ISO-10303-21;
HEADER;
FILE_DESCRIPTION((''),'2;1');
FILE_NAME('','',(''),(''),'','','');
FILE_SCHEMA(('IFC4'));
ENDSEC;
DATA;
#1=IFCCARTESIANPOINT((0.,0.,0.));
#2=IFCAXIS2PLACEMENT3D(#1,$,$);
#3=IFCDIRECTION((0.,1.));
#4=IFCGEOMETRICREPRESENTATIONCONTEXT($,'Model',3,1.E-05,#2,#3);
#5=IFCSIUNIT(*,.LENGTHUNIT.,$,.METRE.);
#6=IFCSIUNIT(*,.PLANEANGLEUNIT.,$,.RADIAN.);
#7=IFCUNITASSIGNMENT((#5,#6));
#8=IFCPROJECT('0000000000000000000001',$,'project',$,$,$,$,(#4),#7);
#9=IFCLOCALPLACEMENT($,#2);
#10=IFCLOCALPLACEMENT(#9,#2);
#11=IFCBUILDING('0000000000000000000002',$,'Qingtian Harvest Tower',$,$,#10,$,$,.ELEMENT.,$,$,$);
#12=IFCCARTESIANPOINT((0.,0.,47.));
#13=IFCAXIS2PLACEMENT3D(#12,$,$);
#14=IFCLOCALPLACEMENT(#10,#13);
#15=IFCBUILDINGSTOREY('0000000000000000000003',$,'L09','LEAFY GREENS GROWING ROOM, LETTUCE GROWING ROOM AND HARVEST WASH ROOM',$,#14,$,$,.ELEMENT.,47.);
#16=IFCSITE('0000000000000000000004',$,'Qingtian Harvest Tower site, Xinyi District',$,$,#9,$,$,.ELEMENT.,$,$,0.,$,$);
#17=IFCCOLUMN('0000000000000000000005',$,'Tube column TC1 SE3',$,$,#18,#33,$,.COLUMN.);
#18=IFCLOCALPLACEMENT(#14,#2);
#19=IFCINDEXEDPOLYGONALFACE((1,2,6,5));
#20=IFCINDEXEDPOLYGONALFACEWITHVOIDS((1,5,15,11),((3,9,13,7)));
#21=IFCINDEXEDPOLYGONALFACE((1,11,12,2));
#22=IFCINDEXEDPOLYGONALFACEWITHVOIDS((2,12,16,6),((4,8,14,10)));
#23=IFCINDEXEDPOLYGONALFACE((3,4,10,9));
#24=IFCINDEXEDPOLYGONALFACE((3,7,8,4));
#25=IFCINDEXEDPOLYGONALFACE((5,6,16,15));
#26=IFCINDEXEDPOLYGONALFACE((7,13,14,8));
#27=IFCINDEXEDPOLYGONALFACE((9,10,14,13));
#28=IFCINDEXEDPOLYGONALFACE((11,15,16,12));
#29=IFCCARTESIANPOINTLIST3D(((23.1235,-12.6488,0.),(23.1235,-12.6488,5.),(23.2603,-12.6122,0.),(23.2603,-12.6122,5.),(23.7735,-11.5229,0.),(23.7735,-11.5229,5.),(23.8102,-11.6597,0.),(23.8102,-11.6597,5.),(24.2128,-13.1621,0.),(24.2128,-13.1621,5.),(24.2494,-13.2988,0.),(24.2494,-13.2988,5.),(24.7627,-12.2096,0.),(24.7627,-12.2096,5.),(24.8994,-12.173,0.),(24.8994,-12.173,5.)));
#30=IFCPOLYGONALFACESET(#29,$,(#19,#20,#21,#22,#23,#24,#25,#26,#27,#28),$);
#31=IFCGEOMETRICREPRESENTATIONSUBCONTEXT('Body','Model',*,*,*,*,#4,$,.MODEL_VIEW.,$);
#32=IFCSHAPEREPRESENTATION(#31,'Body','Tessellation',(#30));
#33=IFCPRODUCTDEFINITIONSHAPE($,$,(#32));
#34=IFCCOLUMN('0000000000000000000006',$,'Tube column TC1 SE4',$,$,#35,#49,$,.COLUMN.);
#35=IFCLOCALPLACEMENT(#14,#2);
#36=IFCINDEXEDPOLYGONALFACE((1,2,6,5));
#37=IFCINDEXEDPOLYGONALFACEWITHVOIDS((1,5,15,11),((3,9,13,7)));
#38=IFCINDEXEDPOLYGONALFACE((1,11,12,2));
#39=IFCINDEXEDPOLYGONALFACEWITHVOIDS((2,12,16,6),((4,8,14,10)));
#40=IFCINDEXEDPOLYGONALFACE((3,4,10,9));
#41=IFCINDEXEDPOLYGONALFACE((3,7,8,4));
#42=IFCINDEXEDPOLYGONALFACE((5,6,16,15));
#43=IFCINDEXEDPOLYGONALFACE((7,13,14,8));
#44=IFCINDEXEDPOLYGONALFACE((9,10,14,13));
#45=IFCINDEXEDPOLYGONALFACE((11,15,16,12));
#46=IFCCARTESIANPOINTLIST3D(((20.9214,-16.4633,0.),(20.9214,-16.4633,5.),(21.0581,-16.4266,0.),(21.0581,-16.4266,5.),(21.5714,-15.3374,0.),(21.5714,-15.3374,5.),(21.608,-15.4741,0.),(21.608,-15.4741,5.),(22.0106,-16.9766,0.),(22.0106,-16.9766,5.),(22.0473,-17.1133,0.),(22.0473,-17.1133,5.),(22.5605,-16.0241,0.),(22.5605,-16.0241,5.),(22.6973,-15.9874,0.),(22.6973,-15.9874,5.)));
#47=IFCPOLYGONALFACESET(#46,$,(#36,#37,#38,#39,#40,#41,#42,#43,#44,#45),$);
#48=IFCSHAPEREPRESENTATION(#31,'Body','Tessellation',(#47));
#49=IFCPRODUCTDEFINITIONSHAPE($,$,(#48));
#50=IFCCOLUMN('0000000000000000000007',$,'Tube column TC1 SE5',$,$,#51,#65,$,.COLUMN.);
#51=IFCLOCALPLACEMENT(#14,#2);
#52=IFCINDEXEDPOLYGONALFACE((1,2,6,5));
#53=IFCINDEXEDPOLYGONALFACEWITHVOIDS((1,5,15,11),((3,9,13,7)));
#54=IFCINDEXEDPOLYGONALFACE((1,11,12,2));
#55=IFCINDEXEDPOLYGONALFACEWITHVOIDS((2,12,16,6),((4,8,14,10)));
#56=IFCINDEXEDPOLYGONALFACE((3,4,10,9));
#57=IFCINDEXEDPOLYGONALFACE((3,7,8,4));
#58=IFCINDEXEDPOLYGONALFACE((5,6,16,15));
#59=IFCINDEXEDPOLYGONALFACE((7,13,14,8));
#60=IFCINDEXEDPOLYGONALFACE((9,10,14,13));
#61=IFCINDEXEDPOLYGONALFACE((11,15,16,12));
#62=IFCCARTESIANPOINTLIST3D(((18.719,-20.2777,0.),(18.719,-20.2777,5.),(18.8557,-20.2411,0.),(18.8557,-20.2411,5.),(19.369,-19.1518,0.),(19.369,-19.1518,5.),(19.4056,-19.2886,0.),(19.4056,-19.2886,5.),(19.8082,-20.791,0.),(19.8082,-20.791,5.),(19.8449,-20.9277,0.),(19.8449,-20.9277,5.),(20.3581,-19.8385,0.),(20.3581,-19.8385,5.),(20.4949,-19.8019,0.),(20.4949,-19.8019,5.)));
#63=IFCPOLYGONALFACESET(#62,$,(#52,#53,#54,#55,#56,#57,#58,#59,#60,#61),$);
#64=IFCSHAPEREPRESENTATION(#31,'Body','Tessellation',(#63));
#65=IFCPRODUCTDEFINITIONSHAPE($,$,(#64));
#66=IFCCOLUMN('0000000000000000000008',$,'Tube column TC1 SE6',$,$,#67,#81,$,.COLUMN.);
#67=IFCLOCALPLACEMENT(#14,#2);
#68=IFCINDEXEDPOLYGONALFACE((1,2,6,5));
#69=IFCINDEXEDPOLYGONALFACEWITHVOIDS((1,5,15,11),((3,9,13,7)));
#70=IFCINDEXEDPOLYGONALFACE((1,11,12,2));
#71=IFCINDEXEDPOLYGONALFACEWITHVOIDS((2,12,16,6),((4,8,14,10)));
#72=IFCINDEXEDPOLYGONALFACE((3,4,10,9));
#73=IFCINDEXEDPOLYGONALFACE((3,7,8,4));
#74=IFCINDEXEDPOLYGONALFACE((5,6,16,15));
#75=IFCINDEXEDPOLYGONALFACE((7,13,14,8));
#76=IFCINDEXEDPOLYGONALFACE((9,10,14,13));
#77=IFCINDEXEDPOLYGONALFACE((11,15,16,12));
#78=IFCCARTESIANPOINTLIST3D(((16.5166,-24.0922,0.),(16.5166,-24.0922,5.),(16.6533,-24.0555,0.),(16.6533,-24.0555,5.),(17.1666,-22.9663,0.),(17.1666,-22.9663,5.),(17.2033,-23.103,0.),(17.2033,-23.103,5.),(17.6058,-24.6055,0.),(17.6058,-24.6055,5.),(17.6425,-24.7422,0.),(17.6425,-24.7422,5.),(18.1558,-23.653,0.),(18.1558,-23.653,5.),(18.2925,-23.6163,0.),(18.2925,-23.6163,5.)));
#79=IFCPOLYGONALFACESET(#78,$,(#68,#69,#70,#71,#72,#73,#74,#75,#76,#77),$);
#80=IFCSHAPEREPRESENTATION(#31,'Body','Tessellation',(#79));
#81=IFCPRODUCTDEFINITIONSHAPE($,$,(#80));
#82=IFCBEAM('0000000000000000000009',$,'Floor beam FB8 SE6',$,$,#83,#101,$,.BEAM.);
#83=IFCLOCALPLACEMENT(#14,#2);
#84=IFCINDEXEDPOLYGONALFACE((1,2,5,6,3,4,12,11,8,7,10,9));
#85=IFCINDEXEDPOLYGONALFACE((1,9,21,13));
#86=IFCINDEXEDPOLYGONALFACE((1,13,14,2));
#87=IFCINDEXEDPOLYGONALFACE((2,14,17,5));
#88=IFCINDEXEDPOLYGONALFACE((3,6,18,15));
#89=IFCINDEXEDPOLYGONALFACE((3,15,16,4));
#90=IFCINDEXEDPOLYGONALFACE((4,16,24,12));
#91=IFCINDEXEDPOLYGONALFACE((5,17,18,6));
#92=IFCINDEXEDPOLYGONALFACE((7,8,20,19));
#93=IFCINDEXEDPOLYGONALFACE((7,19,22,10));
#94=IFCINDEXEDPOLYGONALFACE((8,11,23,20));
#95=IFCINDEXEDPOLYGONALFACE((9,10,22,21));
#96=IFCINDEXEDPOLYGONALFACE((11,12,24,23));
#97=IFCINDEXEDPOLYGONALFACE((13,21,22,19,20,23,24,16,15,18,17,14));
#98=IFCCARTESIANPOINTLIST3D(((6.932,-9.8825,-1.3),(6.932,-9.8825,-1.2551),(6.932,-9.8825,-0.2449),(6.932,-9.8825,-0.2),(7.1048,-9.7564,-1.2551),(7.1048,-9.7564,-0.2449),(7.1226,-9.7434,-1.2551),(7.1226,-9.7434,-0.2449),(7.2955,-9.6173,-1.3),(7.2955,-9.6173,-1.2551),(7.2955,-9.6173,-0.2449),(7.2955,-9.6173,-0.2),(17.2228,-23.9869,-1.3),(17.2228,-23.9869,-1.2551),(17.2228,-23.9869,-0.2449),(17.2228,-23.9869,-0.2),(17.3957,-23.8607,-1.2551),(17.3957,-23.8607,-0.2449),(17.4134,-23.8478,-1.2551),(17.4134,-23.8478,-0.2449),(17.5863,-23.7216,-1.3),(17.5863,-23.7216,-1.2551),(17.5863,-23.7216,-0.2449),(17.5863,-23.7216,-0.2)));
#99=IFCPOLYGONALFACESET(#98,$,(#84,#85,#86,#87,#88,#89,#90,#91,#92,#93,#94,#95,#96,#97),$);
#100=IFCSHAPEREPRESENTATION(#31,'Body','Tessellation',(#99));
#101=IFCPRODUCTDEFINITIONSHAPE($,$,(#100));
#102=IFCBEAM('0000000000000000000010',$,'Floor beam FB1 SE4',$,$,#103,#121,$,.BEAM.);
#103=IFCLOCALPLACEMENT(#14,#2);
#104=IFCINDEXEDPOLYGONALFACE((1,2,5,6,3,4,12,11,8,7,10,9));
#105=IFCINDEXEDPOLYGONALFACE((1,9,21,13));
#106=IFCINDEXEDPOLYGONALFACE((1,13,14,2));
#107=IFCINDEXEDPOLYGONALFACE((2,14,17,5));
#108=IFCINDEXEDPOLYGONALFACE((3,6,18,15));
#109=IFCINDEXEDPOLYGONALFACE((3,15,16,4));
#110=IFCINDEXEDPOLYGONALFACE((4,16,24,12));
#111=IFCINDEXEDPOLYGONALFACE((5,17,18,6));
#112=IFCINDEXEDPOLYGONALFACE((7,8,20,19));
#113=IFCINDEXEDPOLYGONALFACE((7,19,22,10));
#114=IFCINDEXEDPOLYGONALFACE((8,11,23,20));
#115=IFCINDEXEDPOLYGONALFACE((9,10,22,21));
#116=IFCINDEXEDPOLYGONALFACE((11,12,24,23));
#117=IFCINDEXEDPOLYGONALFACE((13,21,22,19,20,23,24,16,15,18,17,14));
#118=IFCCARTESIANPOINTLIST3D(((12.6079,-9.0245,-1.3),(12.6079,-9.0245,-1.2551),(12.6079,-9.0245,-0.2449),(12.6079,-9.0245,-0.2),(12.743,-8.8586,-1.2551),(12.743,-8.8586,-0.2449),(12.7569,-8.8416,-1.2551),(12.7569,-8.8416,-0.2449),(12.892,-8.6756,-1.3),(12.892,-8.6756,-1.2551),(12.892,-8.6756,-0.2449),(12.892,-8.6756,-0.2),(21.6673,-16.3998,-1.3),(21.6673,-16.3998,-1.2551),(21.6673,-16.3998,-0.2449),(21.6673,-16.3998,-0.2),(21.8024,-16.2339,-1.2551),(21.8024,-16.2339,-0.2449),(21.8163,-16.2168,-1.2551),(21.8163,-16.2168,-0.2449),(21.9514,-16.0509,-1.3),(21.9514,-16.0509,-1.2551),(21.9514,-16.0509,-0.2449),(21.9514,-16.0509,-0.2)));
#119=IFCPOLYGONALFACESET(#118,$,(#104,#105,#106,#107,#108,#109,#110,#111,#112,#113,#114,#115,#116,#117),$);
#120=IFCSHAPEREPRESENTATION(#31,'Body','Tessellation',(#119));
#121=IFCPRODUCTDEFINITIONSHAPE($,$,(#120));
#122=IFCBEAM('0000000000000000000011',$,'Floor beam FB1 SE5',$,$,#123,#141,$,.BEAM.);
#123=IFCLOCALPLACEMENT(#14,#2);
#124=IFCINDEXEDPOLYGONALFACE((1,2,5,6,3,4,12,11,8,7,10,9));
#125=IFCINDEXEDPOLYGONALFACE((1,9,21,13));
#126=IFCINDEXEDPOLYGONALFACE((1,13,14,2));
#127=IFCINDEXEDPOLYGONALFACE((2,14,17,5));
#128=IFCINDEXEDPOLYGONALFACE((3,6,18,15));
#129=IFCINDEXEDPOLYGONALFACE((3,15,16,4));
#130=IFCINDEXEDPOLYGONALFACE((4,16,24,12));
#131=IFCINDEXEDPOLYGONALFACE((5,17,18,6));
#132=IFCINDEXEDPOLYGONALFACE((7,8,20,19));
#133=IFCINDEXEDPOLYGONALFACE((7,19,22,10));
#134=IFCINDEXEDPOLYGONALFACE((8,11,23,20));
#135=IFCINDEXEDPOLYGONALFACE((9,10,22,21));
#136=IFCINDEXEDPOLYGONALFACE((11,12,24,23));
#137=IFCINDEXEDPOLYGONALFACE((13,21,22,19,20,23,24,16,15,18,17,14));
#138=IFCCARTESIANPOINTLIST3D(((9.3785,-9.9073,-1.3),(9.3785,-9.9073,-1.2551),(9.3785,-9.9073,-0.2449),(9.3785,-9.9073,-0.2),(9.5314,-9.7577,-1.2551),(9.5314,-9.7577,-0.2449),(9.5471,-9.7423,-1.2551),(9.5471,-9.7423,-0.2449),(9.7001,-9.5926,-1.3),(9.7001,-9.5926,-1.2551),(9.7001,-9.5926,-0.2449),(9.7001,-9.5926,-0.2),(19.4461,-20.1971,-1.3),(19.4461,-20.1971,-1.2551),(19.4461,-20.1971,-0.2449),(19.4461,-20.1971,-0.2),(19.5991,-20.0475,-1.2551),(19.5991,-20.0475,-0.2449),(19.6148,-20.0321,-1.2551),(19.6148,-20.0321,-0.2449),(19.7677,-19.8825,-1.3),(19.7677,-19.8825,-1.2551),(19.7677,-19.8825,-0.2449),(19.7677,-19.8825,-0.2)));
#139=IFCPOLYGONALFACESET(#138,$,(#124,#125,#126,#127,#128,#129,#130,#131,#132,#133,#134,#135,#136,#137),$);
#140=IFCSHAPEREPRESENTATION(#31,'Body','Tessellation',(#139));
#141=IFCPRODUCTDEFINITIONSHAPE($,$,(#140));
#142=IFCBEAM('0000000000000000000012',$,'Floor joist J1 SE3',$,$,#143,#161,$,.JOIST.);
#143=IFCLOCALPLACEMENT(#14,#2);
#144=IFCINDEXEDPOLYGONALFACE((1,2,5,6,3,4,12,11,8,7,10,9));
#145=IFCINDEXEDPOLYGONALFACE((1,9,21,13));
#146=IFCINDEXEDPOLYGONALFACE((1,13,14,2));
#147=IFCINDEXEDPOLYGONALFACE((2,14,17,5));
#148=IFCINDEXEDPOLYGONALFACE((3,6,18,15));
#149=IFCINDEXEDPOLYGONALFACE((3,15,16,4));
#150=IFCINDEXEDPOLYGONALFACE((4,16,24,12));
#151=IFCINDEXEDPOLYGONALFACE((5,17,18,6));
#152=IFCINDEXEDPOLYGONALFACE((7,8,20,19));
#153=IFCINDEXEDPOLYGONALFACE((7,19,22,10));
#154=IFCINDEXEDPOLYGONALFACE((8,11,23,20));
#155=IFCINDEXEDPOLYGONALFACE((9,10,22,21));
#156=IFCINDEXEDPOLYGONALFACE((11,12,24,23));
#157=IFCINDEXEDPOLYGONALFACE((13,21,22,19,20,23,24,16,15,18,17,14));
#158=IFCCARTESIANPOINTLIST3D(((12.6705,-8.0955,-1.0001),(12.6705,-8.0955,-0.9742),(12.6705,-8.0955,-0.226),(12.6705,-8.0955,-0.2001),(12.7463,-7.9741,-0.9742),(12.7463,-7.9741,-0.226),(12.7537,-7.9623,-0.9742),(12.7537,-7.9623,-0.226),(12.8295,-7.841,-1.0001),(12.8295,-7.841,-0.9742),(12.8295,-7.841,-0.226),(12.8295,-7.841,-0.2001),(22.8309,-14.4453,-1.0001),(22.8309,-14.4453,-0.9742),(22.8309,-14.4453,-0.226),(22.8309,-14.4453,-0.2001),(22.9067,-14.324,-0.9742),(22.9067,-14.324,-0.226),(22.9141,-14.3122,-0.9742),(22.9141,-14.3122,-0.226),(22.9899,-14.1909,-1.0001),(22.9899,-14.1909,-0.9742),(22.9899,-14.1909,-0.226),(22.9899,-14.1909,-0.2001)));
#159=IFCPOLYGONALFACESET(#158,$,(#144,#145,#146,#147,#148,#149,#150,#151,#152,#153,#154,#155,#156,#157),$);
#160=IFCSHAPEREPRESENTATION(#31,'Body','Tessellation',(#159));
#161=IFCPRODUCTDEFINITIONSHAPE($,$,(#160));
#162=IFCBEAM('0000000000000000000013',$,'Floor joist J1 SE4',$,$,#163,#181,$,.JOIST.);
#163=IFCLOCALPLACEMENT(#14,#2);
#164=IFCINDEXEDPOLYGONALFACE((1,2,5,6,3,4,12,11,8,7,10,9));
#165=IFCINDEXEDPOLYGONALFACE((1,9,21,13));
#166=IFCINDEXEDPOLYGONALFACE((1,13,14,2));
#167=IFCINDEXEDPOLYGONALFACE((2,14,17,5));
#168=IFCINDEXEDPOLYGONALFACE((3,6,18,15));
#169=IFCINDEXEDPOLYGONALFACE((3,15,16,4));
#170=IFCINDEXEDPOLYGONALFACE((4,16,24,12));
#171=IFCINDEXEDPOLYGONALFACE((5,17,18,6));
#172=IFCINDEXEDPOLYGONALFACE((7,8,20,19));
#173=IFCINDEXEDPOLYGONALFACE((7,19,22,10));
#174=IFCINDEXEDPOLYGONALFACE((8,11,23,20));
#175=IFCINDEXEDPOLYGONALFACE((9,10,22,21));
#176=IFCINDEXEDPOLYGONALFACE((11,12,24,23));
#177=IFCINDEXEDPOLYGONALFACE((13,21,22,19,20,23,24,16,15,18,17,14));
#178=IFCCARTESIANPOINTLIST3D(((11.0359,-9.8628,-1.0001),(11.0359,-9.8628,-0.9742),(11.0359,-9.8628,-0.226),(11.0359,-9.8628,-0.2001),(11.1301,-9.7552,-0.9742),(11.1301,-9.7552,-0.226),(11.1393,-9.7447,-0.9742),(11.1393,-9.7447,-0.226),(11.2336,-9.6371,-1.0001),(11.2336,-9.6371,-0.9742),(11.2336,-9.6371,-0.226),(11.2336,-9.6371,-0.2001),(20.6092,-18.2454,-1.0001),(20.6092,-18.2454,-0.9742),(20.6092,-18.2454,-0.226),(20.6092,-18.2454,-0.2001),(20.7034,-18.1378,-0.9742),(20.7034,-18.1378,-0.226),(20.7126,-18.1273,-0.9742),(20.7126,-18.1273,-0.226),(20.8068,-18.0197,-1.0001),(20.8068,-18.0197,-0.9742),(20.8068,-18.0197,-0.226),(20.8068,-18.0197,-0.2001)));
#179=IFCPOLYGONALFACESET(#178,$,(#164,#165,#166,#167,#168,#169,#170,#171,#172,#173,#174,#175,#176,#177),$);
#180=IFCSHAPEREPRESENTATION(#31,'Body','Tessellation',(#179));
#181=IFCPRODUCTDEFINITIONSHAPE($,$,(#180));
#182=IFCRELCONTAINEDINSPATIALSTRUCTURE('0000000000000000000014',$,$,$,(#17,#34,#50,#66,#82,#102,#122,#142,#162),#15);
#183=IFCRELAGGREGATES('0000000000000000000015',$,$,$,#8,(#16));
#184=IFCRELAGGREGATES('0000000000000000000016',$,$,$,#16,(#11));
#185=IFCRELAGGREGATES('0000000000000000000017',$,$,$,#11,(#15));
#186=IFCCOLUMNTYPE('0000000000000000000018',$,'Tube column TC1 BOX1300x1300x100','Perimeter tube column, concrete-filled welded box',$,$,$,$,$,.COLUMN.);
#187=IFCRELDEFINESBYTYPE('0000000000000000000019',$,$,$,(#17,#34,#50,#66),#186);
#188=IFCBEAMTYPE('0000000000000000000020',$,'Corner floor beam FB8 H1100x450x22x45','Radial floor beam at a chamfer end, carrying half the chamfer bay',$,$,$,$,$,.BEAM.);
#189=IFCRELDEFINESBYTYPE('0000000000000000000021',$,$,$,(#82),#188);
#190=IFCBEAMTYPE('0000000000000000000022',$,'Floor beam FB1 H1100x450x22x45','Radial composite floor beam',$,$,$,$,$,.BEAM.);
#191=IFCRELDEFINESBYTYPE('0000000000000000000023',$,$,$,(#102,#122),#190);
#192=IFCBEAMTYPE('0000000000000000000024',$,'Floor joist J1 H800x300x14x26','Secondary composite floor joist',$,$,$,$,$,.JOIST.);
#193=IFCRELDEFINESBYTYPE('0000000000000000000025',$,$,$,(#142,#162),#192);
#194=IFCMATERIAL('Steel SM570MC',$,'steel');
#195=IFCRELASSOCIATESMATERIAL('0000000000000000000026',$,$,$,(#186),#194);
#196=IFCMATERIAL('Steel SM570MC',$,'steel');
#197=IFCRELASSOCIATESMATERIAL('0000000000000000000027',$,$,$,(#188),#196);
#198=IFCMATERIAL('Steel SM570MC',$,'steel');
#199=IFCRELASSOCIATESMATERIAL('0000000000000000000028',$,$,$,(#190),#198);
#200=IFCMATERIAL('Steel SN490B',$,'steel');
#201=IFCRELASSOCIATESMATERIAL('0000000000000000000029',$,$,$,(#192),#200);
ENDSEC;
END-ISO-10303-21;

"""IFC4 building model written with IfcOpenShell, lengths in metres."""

from ifc_helpers import new_model, si_unit, direction, frame, origin, origin_2d, place, context, subcontext, project, spatial, hollow_rectangle, i_section, extrude, material, material_profile, profile_set, type_object, element, save


model = new_model("IFC4")

# Units and contexts
model_context = context("Model", 3, precision=1e-05, world=origin(), true_north=direction((0.0, 1.0)))
body_context = subcontext(model_context, "Body", "Model", "MODEL_VIEW")
ifc_project = project(units=[si_unit("LENGTHUNIT", "METRE"), si_unit("PLANEANGLEUNIT", "RADIAN")], contexts=[model_context])

# Site, building, storey
site_placement = place(None, origin())
site = spatial("IfcSite", under=ifc_project, at=site_placement, Name="Qingtian Harvest Tower site, Xinyi District", CompositionType="ELEMENT", RefElevation=0.0)
building_placement = place(site_placement, origin())
building = spatial("IfcBuilding", under=site, at=building_placement, Name="Qingtian Harvest Tower", CompositionType="ELEMENT")
storey_placement = place(building_placement, frame((0.0, 0.0, 47.0)))
storey = spatial("IfcBuildingStorey", under=building, at=storey_placement, Name="L09", Description="LEAFY GREENS GROWING ROOM, LETTUCE GROWING ROOM AND HARVEST WASH ROOM", CompositionType="ELEMENT", Elevation=47.0)

# Columns
ifc_material_1 = material(Name="Steel SM570MC", Category="steel")
ifc_material_profile_1 = material_profile(ifc_material_1, hollow_rectangle(XDim=1.3, YDim=1.3, WallThickness=0.1001, at=origin_2d()), Name="BOX1300x1300x100")
ifc_profile_set_1 = profile_set([ifc_material_profile_1], Name="Steel SM570MC")
column_type = type_object("IfcColumnType", Name="Tube column TC1 BOX1300x1300x100", Description="Perimeter tube column, concrete-filled welded box", PredefinedType="COLUMN", material=ifc_profile_set_1)
for number, where, z_axis, x_axis, name in (
    (1, (24.0115, -12.4109, 0.0), (0.0, 0.0, 1.0), (0.5, 0.866025, 0.0), "Tube column TC1 SE3"),
    (2, (21.8093, -16.2253, 0.0), (0.0, 0.0, 1.0), (0.5, 0.866025, 0.0), "Tube column TC1 SE4"),
    (3, (19.6069, -20.0398, 0.0), (0.0, 0.0, 1.0), (0.5, 0.866025, 0.0), "Tube column TC1 SE5"),
    (4, (17.4045, -23.8542, 0.0), (0.0, 0.0, 1.0), (0.5, 0.866025, 0.0), "Tube column TC1 SE6"),
):
    element("IfcColumn", number, at=place(storey_placement, frame(where, z_axis=z_axis, x_axis=x_axis)), inside=storey, type_object=column_type, Name=name, PredefinedType="COLUMN", context=body_context, shape_type="SweptSolid", body=[
        extrude(hollow_rectangle(XDim=1.3, YDim=1.3, WallThickness=0.1001, at=origin_2d()), origin(), (0.0, 0.0, 1.0), 5.0),
    ])

# Beams
ifc_material_2 = material(Name="Steel SM570MC", Category="steel")
ifc_material_profile_2 = material_profile(ifc_material_2, i_section(OverallWidth=0.45, OverallDepth=1.1001, WebThickness=0.022, FlangeThickness=0.0449, at=origin_2d()), Name="H1100x450x22x45")
ifc_profile_set_2 = profile_set([ifc_material_profile_2], Name="Steel SM570MC")
beam_type_1 = type_object("IfcBeamType", Name="Corner floor beam FB8 H1100x450x22x45", Description="Radial floor beam at a chamfer end, carrying half the chamfer bay", PredefinedType="BEAM", material=ifc_profile_set_2)
beam_1_placement = place(storey_placement, frame((17.4045, -23.8542, -0.75), z_axis=(-0.589412, 0.807832, 0.0), x_axis=(-0.807832, -0.589412, 0.0)))
element("IfcBeam", 5, at=beam_1_placement, inside=storey, type_object=beam_type_1, Name="Floor beam FB8 SE6", PredefinedType="BEAM", context=body_context, shape_type="SweptSolid", body=[
    extrude(i_section(OverallWidth=0.45, OverallDepth=1.1001, WebThickness=0.022, FlangeThickness=0.0449, at=origin_2d()), origin(), (0.0, 0.0, 1.0), 17.4595),
])
ifc_material_3 = material(Name="Steel SM570MC", Category="steel")
ifc_material_profile_3 = material_profile(ifc_material_3, i_section(OverallWidth=0.45, OverallDepth=1.1001, WebThickness=0.022, FlangeThickness=0.0449, at=origin_2d()), Name="H1100x450x22x45")
ifc_profile_set_3 = profile_set([ifc_material_profile_3], Name="Steel SM570MC")
beam_type_2 = type_object("IfcBeamType", Name="Floor beam FB1 H1100x450x22x45", Description="Radial composite floor beam", PredefinedType="BEAM", material=ifc_profile_set_3)
beam_2_placement = place(storey_placement, frame((21.8093, -16.2253, -0.75), z_axis=(-0.775504, 0.631342, 0.0), x_axis=(-0.631342, -0.775504, 0.0)))
element("IfcBeam", 6, at=beam_2_placement, inside=storey, type_object=beam_type_2, Name="Floor beam FB1 SE4", PredefinedType="BEAM", context=body_context, shape_type="SweptSolid", body=[
    extrude(i_section(OverallWidth=0.45, OverallDepth=1.1001, WebThickness=0.022, FlangeThickness=0.0449, at=origin_2d()), origin(), (0.0, 0.0, 1.0), 11.6819),
])
beam_3_placement = place(storey_placement, frame((19.6069, -20.0398, -0.75), z_axis=(-0.699348, 0.714781, 0.0), x_axis=(-0.714781, -0.699348, 0.0)))
element("IfcBeam", 7, at=beam_3_placement, inside=storey, type_object=beam_type_2, Name="Floor beam FB1 SE5", PredefinedType="BEAM", context=body_context, shape_type="SweptSolid", body=[
    extrude(i_section(OverallWidth=0.45, OverallDepth=1.1001, WebThickness=0.022, FlangeThickness=0.0449, at=origin_2d()), origin(), (0.0, 0.0, 1.0), 14.3958),
])
ifc_material_4 = material(Name="Steel SN490B", Category="steel")
ifc_material_profile_4 = material_profile(ifc_material_4, i_section(OverallWidth=0.3, OverallDepth=0.8, WebThickness=0.0139, FlangeThickness=0.0259, at=origin_2d()), Name="H800x300x14x26")
ifc_profile_set_4 = profile_set([ifc_material_profile_4], Name="Steel SN490B")
beam_type_3 = type_object("IfcBeamType", Name="Floor joist J1 H800x300x14x26", Description="Secondary composite floor joist", PredefinedType="JOIST", material=ifc_profile_set_4)
beam_4_placement = place(storey_placement, frame((22.9104, -14.3181, -0.6001), z_axis=(-0.848013, 0.529975, 0.0), x_axis=(-0.529975, -0.848013, 0.0)))
element("IfcBeam", 8, at=beam_4_placement, inside=storey, type_object=beam_type_3, Name="Floor joist J1 SE3", PredefinedType="JOIST", context=body_context, shape_type="SweptSolid", body=[
    extrude(i_section(OverallWidth=0.3, OverallDepth=0.8, WebThickness=0.0139, FlangeThickness=0.0259, at=origin_2d()), origin(), (0.0, 0.0, 1.0), 11.9814),
])
beam_5_placement = place(storey_placement, frame((20.708, -18.1326, -0.6001), z_axis=(-0.752344, 0.658771, 0.0), x_axis=(-0.658771, -0.752344, 0.0)))
element("IfcBeam", 9, at=beam_5_placement, inside=storey, type_object=beam_type_3, Name="Floor joist J1 SE4", PredefinedType="JOIST", context=body_context, shape_type="SweptSolid", body=[
    extrude(i_section(OverallWidth=0.3, OverallDepth=0.8, WebThickness=0.0139, FlangeThickness=0.0259, at=origin_2d()), origin(), (0.0, 0.0, 1.0), 12.7246),
])

save(model, "model.ifc")
